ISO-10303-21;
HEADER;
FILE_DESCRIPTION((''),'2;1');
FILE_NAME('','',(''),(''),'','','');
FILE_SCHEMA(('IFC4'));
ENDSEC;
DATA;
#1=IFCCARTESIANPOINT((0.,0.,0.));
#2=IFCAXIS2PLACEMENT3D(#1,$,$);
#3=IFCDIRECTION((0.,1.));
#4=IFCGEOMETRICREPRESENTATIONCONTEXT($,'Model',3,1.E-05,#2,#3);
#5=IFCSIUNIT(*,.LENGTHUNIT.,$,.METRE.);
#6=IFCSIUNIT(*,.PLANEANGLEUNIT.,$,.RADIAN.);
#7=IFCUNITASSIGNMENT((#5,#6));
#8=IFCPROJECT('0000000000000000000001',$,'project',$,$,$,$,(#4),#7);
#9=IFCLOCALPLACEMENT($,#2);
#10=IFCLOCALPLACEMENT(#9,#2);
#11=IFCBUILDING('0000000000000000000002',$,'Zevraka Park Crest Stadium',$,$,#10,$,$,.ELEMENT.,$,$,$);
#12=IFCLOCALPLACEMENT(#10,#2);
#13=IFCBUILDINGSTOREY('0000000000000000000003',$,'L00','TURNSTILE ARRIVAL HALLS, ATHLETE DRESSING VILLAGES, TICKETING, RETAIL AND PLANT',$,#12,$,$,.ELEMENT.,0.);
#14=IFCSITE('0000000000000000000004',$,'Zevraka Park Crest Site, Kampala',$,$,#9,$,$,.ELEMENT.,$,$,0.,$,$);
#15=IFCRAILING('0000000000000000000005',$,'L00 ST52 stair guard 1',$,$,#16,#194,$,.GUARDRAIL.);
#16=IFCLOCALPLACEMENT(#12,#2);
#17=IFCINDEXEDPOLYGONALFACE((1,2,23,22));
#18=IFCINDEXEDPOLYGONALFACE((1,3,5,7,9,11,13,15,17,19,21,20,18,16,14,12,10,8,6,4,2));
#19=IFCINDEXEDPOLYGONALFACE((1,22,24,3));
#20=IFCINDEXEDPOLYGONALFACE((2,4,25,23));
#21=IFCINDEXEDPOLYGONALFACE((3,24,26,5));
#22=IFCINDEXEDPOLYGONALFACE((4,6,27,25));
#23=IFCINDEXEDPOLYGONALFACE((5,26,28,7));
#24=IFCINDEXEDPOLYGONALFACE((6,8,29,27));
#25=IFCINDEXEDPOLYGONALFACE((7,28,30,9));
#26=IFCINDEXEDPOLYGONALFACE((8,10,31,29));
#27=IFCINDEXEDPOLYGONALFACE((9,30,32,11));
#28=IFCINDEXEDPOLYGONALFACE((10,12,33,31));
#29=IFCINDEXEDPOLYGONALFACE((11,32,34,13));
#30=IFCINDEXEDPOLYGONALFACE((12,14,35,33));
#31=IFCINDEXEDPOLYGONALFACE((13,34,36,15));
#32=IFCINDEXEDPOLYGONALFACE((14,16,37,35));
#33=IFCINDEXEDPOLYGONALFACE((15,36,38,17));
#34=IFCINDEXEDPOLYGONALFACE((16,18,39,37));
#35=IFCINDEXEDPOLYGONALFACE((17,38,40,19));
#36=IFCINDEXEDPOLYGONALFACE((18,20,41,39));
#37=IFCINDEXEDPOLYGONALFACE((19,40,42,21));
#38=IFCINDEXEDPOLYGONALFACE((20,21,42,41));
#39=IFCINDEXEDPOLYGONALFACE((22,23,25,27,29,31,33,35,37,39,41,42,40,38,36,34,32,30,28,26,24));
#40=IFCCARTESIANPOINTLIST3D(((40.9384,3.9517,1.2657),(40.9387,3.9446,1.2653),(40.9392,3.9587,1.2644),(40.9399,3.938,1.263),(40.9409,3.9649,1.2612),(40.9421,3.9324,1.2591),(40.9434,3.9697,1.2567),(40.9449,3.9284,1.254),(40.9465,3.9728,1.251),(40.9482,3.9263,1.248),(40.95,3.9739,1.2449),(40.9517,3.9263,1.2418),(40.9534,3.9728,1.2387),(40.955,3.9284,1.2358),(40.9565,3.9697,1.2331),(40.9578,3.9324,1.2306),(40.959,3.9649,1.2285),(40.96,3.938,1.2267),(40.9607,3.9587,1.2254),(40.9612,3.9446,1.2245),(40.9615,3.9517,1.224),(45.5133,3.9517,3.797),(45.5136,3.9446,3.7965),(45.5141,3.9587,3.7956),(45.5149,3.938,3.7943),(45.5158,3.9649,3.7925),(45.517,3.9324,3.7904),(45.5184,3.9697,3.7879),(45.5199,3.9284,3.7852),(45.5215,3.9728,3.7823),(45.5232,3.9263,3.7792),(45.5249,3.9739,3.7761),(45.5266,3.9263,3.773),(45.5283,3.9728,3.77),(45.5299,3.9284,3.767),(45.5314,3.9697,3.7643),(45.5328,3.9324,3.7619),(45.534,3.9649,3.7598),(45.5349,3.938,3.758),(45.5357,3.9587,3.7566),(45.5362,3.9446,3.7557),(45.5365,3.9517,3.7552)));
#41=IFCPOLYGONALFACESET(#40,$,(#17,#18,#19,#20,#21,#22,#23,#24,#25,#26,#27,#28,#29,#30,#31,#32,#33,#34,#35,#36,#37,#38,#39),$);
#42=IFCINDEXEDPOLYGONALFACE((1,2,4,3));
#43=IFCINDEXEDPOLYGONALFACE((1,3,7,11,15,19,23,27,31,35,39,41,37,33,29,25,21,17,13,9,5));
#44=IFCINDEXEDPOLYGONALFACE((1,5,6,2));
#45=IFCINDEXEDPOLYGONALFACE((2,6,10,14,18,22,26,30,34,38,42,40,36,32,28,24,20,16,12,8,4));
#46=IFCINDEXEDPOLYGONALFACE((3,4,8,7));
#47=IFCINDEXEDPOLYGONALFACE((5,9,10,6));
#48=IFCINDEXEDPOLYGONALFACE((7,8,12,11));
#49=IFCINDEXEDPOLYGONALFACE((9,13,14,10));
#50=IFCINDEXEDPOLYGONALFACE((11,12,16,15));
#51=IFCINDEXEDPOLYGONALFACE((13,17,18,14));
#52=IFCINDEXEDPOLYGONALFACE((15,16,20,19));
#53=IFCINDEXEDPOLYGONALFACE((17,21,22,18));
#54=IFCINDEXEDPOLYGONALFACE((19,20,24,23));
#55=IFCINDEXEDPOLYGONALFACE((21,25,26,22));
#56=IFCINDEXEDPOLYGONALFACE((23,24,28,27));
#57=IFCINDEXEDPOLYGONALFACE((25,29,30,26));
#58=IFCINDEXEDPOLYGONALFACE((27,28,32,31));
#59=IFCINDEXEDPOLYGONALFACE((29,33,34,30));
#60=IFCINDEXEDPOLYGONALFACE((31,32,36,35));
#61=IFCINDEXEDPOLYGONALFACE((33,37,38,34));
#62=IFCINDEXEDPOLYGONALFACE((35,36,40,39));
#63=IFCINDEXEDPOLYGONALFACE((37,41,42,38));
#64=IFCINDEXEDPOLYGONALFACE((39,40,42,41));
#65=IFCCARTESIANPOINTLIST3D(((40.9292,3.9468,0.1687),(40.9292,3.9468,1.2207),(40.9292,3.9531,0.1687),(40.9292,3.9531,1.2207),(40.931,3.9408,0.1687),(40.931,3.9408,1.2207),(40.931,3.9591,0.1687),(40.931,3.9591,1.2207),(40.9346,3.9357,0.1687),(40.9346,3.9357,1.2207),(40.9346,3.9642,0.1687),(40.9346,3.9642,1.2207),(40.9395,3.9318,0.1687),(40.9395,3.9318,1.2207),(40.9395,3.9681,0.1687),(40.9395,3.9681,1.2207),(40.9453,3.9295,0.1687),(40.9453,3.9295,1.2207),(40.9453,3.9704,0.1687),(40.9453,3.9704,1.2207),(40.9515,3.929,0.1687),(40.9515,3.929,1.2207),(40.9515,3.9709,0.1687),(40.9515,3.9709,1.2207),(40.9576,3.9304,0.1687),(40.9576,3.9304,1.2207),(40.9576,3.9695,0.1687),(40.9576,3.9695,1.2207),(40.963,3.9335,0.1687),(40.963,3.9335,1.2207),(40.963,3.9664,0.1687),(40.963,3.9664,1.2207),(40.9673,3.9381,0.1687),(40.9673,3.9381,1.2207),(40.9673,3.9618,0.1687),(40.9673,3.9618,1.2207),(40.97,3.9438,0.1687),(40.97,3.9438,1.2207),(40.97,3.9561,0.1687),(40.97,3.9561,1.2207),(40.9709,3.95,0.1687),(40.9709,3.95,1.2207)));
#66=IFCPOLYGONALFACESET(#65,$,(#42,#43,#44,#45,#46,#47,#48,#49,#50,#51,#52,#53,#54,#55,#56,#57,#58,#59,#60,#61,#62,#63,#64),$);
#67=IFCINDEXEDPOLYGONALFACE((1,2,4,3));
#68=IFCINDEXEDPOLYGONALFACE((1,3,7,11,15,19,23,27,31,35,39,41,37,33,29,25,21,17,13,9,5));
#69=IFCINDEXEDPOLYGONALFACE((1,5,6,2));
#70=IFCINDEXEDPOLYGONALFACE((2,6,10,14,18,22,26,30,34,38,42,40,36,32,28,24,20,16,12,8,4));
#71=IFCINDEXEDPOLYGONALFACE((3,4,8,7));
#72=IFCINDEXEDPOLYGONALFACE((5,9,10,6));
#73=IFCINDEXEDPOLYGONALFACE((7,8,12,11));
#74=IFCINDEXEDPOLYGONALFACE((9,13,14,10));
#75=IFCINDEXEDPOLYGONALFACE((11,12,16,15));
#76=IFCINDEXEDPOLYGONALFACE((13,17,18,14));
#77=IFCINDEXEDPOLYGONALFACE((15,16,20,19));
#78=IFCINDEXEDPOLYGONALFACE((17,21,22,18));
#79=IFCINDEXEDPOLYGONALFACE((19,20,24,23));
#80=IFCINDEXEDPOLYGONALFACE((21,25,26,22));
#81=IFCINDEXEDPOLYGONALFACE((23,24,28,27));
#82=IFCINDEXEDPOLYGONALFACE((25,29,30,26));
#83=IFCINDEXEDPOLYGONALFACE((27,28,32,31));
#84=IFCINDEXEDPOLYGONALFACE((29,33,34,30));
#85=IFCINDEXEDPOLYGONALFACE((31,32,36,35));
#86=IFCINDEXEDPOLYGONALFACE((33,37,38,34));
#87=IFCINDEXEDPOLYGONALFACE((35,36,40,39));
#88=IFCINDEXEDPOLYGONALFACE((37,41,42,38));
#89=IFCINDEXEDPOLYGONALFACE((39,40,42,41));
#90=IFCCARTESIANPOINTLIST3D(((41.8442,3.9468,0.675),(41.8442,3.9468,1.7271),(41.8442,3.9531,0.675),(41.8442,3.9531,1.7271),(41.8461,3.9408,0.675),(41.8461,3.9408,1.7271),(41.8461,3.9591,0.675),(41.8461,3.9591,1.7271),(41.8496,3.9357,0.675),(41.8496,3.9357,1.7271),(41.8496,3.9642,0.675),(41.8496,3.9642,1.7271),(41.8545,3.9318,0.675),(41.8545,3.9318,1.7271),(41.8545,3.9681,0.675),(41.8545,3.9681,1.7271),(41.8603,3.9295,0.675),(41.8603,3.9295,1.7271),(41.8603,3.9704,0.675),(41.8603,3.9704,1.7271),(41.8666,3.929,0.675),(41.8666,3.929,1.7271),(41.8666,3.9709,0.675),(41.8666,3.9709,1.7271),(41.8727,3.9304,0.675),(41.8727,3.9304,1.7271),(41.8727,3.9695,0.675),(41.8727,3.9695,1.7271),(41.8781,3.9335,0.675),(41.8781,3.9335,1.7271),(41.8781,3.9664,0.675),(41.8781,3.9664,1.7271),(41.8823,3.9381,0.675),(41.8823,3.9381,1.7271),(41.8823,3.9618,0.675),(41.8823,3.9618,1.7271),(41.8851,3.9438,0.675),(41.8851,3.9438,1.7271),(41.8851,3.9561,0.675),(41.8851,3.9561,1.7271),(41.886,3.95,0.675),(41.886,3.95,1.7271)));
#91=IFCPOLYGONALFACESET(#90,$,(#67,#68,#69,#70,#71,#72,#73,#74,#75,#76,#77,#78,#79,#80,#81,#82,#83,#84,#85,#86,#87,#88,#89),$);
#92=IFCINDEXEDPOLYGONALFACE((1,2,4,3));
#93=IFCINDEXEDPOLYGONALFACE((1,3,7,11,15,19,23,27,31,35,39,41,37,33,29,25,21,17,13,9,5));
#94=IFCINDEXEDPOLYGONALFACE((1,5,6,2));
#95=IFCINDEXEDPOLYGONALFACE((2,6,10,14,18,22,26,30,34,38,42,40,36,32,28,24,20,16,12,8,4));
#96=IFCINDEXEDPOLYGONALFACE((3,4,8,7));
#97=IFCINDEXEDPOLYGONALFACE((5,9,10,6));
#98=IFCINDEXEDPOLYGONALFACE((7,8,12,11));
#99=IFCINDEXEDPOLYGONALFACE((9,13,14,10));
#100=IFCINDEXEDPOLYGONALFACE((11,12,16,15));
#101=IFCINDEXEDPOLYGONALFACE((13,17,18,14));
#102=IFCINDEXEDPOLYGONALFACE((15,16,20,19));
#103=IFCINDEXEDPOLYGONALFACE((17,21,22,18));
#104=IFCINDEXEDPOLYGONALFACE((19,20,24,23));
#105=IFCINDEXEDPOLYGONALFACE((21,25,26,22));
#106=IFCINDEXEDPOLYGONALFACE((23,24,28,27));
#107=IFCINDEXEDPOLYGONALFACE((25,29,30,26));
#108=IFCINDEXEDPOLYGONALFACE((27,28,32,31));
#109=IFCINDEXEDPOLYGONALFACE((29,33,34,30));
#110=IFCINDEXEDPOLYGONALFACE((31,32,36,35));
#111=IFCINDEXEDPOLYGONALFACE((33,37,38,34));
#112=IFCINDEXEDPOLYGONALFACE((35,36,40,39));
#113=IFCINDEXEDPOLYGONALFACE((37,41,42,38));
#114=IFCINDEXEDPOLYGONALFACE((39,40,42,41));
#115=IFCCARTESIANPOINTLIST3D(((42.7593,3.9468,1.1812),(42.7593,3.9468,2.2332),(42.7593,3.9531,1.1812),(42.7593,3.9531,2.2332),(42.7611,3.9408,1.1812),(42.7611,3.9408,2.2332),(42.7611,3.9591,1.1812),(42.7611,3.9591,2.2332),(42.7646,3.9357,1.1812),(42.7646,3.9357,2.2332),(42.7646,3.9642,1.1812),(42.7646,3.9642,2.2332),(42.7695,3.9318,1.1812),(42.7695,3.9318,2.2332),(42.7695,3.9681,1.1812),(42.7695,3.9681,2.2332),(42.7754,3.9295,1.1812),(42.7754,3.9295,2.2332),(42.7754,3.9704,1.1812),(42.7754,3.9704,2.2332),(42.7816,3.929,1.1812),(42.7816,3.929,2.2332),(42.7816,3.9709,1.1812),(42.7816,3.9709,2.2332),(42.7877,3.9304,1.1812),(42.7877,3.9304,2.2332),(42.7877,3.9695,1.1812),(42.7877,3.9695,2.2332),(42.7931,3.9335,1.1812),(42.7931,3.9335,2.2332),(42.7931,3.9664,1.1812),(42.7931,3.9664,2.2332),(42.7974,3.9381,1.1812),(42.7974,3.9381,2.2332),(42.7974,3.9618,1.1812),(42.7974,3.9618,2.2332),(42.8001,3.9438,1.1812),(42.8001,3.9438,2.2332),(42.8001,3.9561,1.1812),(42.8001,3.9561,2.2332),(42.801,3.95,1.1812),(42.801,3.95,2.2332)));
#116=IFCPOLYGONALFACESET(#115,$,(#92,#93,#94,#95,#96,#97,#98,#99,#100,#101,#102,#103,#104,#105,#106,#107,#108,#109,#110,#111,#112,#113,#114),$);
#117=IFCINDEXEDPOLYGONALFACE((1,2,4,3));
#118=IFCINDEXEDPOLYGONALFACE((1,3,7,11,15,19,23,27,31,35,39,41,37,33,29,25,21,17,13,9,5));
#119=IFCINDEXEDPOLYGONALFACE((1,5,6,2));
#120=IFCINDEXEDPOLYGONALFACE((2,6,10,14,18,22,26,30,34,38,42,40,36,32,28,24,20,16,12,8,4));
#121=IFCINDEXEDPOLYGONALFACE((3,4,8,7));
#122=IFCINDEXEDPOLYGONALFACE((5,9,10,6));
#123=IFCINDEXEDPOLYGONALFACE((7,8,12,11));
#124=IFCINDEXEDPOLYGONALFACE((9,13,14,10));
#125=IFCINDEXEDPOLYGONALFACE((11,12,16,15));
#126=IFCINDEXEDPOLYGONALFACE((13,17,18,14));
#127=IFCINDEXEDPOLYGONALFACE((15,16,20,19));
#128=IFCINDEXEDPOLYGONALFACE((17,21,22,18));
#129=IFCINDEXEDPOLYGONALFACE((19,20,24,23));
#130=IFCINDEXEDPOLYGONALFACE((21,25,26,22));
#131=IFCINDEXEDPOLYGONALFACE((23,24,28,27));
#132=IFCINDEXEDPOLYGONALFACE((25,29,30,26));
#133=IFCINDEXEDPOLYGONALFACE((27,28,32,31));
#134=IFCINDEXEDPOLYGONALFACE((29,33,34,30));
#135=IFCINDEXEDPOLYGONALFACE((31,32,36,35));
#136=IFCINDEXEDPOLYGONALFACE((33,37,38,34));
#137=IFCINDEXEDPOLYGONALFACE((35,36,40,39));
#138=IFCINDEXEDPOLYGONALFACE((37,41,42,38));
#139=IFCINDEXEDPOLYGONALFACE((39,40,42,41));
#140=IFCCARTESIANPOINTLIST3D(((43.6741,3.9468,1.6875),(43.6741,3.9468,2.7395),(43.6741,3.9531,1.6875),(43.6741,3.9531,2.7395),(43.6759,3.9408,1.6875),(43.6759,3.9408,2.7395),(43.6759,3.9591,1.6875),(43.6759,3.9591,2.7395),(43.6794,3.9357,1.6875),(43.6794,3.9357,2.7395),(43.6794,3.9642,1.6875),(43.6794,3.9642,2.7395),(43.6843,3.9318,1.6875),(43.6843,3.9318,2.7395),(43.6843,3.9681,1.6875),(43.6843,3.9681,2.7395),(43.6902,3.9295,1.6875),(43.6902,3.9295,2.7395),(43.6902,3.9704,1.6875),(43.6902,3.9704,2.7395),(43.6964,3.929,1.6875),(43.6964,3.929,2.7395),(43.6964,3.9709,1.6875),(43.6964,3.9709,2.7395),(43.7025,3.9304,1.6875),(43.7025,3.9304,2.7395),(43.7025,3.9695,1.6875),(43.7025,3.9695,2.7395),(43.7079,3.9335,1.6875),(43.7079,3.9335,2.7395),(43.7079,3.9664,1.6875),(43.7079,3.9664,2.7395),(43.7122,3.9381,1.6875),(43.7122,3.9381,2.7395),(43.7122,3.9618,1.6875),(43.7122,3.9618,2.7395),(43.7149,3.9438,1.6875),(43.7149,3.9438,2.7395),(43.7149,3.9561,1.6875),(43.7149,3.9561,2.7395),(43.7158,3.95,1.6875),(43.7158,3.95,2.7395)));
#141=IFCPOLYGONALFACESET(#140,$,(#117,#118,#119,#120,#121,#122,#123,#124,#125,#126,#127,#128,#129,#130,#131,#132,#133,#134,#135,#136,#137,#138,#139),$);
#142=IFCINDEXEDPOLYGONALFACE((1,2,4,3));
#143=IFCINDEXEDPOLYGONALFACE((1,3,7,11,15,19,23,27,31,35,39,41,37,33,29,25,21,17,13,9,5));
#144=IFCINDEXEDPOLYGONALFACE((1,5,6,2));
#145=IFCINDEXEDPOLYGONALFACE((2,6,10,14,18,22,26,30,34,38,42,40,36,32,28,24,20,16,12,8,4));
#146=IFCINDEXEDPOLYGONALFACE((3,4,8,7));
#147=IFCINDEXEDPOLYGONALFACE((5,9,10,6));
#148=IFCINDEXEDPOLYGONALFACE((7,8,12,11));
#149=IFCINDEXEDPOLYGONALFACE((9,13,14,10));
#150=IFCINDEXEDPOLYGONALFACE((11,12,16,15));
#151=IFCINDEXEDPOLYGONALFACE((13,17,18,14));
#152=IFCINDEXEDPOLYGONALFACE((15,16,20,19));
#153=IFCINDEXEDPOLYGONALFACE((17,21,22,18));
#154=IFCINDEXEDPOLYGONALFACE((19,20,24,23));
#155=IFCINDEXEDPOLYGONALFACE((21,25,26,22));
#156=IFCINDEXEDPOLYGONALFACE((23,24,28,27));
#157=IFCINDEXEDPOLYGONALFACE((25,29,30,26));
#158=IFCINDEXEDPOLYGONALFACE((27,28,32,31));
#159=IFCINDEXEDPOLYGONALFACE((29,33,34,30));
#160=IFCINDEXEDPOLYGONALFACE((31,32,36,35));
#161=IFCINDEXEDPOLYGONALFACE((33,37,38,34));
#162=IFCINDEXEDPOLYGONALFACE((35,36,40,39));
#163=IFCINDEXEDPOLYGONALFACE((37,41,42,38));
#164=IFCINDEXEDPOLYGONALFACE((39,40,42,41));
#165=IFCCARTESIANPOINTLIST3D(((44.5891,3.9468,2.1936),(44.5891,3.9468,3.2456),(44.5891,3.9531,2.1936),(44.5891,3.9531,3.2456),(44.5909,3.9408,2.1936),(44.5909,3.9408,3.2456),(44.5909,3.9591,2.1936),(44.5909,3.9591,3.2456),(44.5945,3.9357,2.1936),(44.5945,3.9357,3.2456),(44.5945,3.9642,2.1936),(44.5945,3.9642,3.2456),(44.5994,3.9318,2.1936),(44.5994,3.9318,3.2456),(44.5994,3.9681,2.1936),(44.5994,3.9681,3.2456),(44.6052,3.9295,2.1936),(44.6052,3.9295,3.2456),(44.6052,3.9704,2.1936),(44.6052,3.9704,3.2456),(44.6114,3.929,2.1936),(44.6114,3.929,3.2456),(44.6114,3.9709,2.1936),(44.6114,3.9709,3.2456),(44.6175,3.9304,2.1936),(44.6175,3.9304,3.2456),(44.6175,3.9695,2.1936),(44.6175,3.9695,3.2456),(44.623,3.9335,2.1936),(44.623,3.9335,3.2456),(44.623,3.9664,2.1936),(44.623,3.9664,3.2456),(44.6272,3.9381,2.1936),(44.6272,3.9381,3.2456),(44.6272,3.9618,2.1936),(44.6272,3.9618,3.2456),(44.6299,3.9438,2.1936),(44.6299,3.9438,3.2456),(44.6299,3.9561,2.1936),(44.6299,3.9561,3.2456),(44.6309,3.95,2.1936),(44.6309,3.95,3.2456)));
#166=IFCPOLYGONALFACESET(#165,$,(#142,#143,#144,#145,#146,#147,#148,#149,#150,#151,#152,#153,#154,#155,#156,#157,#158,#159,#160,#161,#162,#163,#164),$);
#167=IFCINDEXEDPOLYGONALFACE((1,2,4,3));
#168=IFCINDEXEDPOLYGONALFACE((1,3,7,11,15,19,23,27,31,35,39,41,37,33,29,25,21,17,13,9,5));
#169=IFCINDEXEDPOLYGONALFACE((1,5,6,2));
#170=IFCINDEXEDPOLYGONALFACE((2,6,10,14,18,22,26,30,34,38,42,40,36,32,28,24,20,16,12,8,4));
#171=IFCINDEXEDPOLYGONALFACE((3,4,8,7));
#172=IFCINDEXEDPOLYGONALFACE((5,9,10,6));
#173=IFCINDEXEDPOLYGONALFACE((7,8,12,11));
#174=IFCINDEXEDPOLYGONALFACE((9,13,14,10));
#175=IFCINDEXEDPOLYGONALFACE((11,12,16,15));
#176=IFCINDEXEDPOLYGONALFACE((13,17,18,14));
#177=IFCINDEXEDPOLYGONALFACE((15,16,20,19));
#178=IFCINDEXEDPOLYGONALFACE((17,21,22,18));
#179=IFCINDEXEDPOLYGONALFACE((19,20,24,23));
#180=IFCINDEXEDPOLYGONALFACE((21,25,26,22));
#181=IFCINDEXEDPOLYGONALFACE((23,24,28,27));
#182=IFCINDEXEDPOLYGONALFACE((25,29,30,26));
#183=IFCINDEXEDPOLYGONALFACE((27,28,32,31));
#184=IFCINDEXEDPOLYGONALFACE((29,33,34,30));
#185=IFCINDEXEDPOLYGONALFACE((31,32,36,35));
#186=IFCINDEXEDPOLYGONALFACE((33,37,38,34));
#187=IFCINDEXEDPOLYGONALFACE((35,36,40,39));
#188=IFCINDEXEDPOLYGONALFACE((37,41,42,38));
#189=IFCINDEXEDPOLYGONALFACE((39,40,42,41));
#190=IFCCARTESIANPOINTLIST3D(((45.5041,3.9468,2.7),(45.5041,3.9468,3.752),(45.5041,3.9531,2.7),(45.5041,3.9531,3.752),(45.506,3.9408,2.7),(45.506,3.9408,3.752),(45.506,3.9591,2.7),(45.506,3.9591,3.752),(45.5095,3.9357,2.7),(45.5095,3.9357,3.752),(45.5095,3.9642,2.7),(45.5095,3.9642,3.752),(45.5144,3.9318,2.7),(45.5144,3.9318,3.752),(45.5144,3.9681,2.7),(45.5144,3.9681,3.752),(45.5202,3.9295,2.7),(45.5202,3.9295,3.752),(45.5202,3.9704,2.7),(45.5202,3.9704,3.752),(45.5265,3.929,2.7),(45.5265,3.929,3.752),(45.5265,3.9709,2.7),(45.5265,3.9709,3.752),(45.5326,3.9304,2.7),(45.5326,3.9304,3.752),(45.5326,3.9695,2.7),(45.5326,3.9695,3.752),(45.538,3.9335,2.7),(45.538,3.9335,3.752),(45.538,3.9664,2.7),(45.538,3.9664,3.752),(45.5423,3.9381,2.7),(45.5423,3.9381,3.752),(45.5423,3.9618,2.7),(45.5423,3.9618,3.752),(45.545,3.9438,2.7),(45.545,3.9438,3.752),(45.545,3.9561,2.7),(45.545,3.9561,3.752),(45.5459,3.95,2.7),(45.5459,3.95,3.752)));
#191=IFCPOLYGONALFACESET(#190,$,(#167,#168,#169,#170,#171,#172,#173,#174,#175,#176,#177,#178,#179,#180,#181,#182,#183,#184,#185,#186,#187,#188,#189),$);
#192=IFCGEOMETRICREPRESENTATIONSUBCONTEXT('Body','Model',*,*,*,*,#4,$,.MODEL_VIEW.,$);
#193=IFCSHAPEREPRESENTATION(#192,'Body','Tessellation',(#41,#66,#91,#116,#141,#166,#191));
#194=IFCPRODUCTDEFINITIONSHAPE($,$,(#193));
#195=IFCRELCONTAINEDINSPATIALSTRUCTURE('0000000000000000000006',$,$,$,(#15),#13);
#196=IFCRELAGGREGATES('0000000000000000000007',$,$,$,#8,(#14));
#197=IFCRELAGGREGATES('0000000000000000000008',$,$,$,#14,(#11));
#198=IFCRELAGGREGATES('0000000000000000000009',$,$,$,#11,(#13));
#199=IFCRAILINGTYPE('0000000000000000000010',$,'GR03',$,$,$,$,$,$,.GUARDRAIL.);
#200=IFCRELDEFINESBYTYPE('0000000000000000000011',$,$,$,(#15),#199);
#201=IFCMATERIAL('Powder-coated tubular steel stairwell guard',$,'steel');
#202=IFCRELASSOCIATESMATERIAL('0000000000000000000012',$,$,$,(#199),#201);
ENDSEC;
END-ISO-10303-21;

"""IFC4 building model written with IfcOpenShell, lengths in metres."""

from ifc_helpers import new_model, si_unit, direction, frame, origin, origin_2d, place, context, subcontext, project, spatial, circle, extrude, material, type_object, element, save


model = new_model("IFC4")

# Units and contexts
model_context = context("Model", 3, precision=1e-05, world=origin(), true_north=direction((0.0, 1.0)))
body_context = subcontext(model_context, "Body", "Model", "MODEL_VIEW")
ifc_project = project(units=[si_unit("LENGTHUNIT", "METRE"), si_unit("PLANEANGLEUNIT", "RADIAN")], contexts=[model_context])

# Site, building, storey
site_placement = place(None, origin())
site = spatial("IfcSite", under=ifc_project, at=site_placement, Name="Zevraka Park Crest Site, Kampala", CompositionType="ELEMENT", RefElevation=0.0)
building_placement = place(site_placement, origin())
building = spatial("IfcBuilding", under=site, at=building_placement, Name="Zevraka Park Crest Stadium", CompositionType="ELEMENT")
storey_placement = place(building_placement, origin())
storey = spatial("IfcBuildingStorey", under=building, at=storey_placement, Name="L00", Description="TURNSTILE ARRIVAL HALLS, ATHLETE DRESSING VILLAGES, TICKETING, RETAIL AND PLANT", CompositionType="ELEMENT", Elevation=0.0)

# Railing
ifc_material_1 = material(Name="Powder-coated tubular steel stairwell guard", Category="steel")
railing_type_1 = type_object("IfcRailingType", Name="GR03", PredefinedType="GUARDRAIL", material=ifc_material_1)
railing_1_placement = place(storey_placement, frame((40.95, 3.95, 0.1687)))
element("IfcRailing", 1, at=railing_1_placement, inside=storey, type_object=railing_type_1, Name="L00 ST52 stair guard 1", PredefinedType="GUARDRAIL", context=body_context, shape_type="SweptSolid", body=[
    extrude(circle(Radius=0.0239, at=origin_2d()), frame((0.0, 0.0, 1.0762), z_axis=(0.875, 0.0, 0.484124), x_axis=(0.0, 1.0, 0.0)), (0.0, 0.0, 1.0), 5.2285),
    extrude(circle(Radius=0.021, at=origin_2d()), origin(), (0.0, 0.0, 1.0), 1.052),
    extrude(circle(Radius=0.021, at=origin_2d()), frame((0.915, 0.0, 0.5063)), (0.0, 0.0, 1.0), 1.052),
    extrude(circle(Radius=0.021, at=origin_2d()), frame((1.8301, 0.0, 1.0125)), (0.0, 0.0, 1.0), 1.052),
    extrude(circle(Radius=0.021, at=origin_2d()), frame((2.7449, 0.0, 1.5188)), (0.0, 0.0, 1.0), 1.052),
    extrude(circle(Radius=0.021, at=origin_2d()), frame((3.6599, 0.0, 2.0249)), (0.0, 0.0, 1.0), 1.052),
    extrude(circle(Radius=0.021, at=origin_2d()), frame((4.575, 0.0, 2.5312)), (0.0, 0.0, 1.0), 1.052),
])

save(model, "model.ifc")
